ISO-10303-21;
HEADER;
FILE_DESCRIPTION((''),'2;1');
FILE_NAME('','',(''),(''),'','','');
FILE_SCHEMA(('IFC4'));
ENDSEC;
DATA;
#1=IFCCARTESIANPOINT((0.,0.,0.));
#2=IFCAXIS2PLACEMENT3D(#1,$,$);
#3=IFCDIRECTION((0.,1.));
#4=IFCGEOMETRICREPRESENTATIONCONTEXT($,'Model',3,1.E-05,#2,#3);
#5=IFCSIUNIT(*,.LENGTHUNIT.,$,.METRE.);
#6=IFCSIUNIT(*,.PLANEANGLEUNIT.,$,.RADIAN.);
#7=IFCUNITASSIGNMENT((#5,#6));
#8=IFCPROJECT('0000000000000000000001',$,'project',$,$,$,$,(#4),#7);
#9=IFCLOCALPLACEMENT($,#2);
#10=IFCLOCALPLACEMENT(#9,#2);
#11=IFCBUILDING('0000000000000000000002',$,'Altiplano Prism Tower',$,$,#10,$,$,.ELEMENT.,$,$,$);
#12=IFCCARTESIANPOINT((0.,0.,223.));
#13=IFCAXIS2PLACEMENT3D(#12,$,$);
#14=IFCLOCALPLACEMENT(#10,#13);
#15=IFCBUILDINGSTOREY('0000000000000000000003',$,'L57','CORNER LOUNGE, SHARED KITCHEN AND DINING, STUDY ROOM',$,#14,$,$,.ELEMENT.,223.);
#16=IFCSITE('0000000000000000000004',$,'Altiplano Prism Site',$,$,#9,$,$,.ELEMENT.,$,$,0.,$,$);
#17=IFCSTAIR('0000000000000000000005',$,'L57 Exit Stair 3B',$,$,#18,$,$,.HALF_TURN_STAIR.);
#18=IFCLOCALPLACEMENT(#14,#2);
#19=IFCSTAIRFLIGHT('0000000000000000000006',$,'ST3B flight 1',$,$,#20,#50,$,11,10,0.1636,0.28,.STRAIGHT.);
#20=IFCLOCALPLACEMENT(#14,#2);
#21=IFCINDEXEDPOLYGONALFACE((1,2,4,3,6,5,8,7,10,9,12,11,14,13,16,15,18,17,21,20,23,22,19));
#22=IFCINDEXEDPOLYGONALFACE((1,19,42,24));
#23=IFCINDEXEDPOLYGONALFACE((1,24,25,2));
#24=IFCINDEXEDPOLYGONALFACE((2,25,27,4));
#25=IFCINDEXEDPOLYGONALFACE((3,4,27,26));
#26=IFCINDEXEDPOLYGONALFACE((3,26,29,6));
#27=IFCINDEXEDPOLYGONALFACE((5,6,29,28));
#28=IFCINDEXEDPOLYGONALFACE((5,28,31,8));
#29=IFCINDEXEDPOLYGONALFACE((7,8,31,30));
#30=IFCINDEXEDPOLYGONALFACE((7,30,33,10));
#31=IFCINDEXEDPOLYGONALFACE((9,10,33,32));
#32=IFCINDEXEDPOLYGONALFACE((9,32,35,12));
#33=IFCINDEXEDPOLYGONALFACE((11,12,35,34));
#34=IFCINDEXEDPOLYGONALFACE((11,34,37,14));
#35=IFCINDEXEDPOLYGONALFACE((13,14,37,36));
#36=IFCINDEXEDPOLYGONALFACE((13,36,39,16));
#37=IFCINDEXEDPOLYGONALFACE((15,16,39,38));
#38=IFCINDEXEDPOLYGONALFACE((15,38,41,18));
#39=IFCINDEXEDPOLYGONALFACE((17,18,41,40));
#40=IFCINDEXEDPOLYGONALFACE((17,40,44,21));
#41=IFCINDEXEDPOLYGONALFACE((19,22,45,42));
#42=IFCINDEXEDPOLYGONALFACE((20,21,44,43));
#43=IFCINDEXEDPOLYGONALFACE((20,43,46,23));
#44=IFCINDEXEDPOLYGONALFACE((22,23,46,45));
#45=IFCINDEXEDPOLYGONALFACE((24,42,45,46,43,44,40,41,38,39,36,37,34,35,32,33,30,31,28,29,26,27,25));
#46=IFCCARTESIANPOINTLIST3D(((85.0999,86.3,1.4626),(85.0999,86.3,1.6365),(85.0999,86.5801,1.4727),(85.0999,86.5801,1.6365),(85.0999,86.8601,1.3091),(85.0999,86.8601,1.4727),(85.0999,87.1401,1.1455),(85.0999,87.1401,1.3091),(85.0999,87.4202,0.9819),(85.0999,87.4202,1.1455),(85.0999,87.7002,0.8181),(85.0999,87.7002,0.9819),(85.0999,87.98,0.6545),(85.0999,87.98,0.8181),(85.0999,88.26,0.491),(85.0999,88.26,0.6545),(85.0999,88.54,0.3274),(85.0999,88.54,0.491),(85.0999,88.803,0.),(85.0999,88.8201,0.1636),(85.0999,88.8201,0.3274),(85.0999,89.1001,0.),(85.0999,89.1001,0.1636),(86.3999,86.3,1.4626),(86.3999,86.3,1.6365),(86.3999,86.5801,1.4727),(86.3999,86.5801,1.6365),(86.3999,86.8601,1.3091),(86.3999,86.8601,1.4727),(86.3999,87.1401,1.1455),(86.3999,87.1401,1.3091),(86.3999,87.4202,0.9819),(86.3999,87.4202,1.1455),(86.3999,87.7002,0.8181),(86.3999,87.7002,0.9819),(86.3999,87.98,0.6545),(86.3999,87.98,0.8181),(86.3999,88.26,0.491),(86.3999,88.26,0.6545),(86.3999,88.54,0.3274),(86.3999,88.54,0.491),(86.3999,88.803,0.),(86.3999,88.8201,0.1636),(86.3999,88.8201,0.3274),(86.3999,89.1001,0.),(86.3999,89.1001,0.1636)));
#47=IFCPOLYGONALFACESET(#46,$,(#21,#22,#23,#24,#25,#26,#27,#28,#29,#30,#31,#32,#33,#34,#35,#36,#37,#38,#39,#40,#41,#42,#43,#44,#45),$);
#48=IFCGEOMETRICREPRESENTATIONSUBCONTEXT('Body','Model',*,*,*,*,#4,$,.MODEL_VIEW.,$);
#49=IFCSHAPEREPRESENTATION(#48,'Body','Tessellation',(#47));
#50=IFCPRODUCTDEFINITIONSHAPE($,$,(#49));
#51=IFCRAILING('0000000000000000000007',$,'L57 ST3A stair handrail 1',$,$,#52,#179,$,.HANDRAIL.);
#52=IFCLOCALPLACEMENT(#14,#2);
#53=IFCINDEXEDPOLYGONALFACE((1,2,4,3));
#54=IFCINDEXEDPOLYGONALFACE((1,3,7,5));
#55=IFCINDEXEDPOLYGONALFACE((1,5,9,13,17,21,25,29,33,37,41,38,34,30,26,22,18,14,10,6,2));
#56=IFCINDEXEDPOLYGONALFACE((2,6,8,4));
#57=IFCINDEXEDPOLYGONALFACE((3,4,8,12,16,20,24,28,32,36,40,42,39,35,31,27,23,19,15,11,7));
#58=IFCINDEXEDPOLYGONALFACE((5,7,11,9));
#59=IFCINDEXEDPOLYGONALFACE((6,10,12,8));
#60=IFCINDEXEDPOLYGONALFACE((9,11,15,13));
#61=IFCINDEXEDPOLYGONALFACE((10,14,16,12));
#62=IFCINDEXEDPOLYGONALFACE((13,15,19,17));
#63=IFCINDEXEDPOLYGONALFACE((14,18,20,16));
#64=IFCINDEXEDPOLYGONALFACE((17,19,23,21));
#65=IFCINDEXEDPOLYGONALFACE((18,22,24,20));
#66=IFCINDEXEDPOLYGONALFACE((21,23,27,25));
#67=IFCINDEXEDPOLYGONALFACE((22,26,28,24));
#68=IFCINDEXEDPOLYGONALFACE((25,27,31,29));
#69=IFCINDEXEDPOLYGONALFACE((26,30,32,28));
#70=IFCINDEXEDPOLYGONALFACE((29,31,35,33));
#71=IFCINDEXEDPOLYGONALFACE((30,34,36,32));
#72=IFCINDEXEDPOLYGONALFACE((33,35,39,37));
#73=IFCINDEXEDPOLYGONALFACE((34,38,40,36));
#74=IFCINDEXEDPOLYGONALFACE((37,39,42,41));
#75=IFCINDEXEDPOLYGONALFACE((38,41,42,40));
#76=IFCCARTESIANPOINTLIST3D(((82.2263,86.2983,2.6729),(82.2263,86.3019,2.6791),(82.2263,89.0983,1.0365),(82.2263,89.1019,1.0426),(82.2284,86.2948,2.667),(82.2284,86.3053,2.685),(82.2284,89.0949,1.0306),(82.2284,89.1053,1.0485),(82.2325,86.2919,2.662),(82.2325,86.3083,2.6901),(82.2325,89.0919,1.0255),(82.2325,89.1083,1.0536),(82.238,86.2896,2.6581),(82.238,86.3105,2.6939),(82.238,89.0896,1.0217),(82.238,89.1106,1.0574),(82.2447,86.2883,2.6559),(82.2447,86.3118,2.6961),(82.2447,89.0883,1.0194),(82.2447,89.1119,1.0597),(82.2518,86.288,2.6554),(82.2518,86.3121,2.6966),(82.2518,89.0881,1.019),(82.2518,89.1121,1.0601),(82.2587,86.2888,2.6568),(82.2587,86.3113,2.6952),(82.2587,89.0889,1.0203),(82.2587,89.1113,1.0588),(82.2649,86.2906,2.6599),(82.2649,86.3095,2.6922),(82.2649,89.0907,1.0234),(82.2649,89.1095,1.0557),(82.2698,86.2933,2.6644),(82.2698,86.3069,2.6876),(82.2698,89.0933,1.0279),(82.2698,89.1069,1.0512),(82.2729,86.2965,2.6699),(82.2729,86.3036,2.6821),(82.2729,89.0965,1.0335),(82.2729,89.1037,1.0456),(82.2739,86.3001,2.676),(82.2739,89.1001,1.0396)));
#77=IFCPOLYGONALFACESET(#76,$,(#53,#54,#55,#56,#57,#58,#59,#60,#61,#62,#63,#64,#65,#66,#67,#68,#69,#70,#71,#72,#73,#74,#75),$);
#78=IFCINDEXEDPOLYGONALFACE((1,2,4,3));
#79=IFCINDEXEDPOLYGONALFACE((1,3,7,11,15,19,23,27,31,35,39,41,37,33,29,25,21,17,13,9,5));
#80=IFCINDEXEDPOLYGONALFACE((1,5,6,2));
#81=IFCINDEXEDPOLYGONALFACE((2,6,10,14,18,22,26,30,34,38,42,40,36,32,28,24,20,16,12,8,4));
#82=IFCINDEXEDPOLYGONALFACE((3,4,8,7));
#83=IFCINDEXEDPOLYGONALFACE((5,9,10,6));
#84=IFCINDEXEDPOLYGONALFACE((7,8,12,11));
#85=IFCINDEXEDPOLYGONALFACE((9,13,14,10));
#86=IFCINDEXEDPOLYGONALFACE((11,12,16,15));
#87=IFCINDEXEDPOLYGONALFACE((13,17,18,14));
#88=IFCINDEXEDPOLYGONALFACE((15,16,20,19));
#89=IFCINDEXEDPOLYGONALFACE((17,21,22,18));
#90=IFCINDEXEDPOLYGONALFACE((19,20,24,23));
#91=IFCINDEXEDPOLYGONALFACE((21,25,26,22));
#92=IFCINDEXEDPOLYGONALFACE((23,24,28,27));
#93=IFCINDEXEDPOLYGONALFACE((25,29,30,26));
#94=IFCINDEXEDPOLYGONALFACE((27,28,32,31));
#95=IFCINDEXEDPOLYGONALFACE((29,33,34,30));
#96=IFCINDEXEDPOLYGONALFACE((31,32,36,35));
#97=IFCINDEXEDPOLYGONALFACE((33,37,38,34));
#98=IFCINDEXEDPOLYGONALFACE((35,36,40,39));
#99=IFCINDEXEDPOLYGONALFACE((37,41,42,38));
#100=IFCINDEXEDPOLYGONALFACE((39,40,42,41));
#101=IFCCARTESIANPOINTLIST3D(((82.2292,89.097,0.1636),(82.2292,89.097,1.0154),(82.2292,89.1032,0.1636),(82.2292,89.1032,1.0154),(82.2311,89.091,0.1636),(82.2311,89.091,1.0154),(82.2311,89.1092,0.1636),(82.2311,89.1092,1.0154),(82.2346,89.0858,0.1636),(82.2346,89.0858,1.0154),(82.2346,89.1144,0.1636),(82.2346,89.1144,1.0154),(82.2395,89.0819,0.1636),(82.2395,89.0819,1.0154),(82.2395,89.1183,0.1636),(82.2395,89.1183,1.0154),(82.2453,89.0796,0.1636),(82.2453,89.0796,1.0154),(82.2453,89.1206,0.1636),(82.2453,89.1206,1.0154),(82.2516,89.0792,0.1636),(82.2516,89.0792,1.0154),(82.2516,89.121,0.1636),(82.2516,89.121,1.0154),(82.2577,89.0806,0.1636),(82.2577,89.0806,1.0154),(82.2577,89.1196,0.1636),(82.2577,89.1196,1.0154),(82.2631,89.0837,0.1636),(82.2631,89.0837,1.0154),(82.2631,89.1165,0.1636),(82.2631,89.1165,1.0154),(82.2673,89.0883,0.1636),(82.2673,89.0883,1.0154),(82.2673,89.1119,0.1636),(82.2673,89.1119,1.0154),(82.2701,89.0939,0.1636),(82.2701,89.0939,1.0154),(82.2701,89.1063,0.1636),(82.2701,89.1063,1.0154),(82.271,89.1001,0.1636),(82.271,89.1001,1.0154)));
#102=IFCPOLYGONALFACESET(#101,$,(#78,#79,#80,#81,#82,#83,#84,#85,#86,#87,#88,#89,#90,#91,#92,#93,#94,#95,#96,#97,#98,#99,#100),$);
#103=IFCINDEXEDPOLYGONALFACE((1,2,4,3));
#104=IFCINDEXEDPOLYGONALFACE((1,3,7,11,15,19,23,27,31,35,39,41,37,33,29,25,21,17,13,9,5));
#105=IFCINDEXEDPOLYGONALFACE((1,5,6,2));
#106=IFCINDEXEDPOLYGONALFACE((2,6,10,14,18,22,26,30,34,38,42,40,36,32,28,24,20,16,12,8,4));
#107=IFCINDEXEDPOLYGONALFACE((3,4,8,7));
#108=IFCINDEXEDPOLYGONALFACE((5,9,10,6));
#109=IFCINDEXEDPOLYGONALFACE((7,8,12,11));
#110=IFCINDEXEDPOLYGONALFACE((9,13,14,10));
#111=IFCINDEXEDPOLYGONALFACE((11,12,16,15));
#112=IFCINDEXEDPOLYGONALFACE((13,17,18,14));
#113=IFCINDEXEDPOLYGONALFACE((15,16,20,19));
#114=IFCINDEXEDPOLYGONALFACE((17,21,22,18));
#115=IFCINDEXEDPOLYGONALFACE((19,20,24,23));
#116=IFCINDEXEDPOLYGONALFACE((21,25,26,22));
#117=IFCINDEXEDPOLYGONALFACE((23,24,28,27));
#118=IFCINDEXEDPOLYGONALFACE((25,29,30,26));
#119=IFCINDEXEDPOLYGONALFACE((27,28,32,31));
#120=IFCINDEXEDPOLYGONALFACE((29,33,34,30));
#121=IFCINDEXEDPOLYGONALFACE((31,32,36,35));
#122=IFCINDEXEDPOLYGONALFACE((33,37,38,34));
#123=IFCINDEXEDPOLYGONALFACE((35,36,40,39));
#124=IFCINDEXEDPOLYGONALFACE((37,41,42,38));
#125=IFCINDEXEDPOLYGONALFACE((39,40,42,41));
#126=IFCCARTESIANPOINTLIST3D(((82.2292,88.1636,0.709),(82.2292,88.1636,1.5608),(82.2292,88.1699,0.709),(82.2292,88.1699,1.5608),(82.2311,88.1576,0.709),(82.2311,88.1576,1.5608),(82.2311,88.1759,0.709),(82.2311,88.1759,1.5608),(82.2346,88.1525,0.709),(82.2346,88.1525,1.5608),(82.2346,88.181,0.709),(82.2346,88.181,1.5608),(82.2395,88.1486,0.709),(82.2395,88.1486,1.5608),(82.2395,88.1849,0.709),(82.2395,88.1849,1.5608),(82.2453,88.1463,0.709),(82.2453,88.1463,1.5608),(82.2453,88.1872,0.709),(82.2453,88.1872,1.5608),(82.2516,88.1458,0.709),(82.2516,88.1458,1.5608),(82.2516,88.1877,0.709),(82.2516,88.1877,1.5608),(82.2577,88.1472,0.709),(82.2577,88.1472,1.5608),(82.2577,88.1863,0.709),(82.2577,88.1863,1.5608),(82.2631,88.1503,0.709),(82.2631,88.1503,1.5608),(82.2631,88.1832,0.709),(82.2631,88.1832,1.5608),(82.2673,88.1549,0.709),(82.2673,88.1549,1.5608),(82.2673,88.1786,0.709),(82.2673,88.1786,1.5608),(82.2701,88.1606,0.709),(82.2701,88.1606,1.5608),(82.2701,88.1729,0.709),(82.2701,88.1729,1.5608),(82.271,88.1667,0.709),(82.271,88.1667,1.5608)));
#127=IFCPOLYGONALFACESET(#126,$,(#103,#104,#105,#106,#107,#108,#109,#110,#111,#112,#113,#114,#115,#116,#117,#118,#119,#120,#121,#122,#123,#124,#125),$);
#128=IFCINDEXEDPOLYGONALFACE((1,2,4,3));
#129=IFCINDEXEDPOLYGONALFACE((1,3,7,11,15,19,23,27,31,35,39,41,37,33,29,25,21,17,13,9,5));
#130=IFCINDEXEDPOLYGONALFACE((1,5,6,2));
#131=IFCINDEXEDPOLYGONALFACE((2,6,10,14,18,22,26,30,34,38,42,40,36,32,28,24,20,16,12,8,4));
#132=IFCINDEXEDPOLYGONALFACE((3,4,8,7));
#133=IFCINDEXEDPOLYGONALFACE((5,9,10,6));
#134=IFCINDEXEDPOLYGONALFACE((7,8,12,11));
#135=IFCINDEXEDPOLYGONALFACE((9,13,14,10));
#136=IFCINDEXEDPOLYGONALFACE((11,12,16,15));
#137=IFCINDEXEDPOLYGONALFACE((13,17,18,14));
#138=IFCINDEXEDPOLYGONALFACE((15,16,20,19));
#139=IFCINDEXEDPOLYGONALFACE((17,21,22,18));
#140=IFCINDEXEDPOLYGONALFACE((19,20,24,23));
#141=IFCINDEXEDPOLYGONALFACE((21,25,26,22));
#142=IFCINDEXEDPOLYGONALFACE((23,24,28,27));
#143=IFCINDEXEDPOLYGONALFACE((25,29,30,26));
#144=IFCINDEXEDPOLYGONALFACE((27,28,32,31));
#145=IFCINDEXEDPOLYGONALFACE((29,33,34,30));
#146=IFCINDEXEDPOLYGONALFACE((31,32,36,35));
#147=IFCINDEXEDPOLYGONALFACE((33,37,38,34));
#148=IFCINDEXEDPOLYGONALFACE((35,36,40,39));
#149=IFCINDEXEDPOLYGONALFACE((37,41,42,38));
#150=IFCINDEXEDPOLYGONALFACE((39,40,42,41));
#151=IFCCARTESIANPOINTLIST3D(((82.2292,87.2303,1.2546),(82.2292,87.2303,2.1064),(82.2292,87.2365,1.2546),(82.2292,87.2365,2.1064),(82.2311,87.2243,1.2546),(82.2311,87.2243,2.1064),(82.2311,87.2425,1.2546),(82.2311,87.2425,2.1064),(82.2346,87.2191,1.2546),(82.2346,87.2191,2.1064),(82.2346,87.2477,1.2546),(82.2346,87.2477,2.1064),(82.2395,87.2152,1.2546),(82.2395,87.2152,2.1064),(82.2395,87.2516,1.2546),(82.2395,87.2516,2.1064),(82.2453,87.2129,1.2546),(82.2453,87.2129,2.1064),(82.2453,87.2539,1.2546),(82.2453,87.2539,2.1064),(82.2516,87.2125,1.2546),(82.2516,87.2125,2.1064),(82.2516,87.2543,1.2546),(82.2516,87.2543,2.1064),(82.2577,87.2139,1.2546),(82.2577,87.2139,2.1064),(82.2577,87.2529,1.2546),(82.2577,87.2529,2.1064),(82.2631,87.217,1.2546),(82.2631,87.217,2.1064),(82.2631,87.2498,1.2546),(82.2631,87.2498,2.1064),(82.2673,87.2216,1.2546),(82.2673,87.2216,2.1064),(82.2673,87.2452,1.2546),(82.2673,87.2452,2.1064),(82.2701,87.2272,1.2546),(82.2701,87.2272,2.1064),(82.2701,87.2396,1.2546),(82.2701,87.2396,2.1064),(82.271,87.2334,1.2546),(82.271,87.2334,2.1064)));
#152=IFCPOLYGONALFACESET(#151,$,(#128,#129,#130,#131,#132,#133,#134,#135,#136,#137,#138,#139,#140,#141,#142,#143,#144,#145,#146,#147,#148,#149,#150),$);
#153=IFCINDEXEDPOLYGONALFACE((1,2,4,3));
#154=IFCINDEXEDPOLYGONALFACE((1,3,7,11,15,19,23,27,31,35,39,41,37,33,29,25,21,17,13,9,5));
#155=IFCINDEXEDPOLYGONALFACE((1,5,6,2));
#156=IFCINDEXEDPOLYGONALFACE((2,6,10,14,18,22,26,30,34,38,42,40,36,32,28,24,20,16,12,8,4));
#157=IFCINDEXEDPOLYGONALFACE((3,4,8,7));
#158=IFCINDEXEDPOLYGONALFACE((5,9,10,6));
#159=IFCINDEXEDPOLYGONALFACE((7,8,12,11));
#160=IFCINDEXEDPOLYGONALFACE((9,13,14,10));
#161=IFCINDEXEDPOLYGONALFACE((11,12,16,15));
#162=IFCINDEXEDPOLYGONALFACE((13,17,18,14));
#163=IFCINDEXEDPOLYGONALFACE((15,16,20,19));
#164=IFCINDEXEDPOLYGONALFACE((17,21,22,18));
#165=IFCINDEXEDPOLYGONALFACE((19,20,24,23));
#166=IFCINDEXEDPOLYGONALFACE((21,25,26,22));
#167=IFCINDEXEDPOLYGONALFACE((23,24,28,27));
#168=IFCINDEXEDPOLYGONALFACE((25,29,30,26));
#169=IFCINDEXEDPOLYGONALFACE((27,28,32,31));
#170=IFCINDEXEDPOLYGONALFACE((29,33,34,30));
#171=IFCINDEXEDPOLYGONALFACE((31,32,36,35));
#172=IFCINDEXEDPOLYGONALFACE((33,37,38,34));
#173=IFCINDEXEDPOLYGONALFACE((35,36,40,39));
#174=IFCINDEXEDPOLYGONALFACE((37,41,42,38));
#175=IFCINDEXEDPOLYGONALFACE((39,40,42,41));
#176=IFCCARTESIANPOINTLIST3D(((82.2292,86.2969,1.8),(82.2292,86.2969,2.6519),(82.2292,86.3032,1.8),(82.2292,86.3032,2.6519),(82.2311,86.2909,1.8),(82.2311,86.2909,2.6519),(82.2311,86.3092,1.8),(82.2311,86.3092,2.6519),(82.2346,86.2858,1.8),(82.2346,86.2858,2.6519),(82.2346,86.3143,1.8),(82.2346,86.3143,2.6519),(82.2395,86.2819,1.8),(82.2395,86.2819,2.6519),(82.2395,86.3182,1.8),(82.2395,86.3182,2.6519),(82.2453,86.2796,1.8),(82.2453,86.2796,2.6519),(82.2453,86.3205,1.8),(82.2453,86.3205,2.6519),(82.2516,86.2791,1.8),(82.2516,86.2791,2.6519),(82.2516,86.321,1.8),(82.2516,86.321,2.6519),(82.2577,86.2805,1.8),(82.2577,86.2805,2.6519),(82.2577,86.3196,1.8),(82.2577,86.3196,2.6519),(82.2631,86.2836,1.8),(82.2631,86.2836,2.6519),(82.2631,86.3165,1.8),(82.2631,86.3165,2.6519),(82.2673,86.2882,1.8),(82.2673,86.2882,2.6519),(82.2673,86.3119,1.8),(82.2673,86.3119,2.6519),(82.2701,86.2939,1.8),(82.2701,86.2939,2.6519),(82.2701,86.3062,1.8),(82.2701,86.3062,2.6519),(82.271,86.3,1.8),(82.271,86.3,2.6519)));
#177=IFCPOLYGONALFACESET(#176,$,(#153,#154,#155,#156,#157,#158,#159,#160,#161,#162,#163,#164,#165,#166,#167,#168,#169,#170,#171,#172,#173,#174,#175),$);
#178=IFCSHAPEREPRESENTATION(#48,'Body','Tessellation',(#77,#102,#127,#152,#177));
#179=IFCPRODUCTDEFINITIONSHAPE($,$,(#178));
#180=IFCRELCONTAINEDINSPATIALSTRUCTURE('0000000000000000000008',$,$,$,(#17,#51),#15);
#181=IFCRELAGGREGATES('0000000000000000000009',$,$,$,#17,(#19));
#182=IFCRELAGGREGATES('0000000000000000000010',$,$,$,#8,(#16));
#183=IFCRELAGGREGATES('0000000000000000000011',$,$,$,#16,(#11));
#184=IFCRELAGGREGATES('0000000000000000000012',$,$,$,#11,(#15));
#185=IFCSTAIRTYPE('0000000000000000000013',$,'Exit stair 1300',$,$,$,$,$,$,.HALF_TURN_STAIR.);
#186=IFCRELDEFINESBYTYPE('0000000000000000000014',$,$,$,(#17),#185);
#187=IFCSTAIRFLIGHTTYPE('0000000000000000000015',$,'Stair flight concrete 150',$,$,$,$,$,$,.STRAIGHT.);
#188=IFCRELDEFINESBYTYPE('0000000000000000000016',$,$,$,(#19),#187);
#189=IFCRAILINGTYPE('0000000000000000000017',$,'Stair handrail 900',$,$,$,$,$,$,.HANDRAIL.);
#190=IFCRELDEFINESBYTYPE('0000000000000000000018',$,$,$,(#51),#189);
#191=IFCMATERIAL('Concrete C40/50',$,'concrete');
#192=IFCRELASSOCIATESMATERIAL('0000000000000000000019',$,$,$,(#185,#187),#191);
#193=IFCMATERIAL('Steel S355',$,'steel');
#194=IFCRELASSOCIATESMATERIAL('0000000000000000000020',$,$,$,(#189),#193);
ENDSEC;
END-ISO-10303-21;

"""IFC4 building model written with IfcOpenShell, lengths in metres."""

from ifc_helpers import new_model, si_unit, direction, frame, origin, origin_2d, place, context, subcontext, project, spatial, polyline, circle, outline, extrude, material, type_object, element, aggregate, save


model = new_model("IFC4")

# Units and contexts
model_context = context("Model", 3, precision=1e-05, world=origin(), true_north=direction((0.0, 1.0)))
body_context = subcontext(model_context, "Body", "Model", "MODEL_VIEW")
ifc_project = project(units=[si_unit("LENGTHUNIT", "METRE"), si_unit("PLANEANGLEUNIT", "RADIAN")], contexts=[model_context])

# Site, building, storey
site_placement = place(None, origin())
site = spatial("IfcSite", under=ifc_project, at=site_placement, Name="Altiplano Prism Site", CompositionType="ELEMENT", RefElevation=0.0)
building_placement = place(site_placement, origin())
building = spatial("IfcBuilding", under=site, at=building_placement, Name="Altiplano Prism Tower", CompositionType="ELEMENT")
storey_placement = place(building_placement, frame((0.0, 0.0, 223.0)))
storey = spatial("IfcBuildingStorey", under=building, at=storey_placement, Name="L57", Description="CORNER LOUNGE, SHARED KITCHEN AND DINING, STUDY ROOM", CompositionType="ELEMENT", Elevation=223.0)

# Stair, stair flight
ifc_material_1 = material(Name="Concrete C40/50", Category="concrete")
stair_type = type_object("IfcStairType", Name="Exit stair 1300", PredefinedType="HALF_TURN_STAIR", material=ifc_material_1)
stair_flight_type = type_object("IfcStairFlightType", Name="Stair flight concrete 150", PredefinedType="STRAIGHT", material=ifc_material_1)
stair_1_placement = place(storey_placement, origin())
stair_1 = element("IfcStair", 1, at=stair_1_placement, inside=storey, type_object=stair_type, Name="L57 Exit Stair 3B", PredefinedType="HALF_TURN_STAIR")
stair_flight_1_placement = place(storey_placement, frame((85.75, 89.1001, 0.0), z_axis=(0.0, 0.0, 1.0), x_axis=(0.0, -1.0, 0.0)))
stair_flight_1 = element("IfcStairFlight", 2, at=stair_flight_1_placement, type_object=stair_flight_type, Name="ST3B flight 1", NumberOfRisers=11, NumberOfTreads=10, PredefinedType="STRAIGHT", RiserHeight=0.1636, TreadLength=0.28, context=body_context, shape_type="SweptSolid", body=[
    extrude(outline(polyline([(0.0, 0.0), (0.0, 0.1636), (0.28, 0.1636), (0.28, 0.3274), (0.5601, 0.3274), (0.5601, 0.491), (0.8401, 0.491), (0.8401, 0.6545), (1.1201, 0.6545), (1.1201, 0.8181), (1.3999, 0.8181), (1.3999, 0.9819), (1.6799, 0.9819), (1.6799, 1.1455), (1.96, 1.1455), (1.96, 1.3091), (2.24, 1.3091), (2.24, 1.4727), (2.52, 1.4727), (2.52, 1.6365), (2.8, 1.6365), (2.8, 1.8), (2.8, 1.4626), (0.2971, 0.0), (0.0, 0.0)])), frame((0.0, 0.6499, 0.0), z_axis=(0.0, -1.0, 0.0), x_axis=(1.0, 0.0, 0.0)), (0.0, 0.0, 1.0), 1.3),
])
aggregate(stair_1, [stair_flight_1])

# Railing
ifc_material_2 = material(Name="Steel S355", Category="steel")
railing_type_1 = type_object("IfcRailingType", Name="Stair handrail 900", PredefinedType="HANDRAIL", material=ifc_material_2)
for number, where, name in (
    (3, (82.25, 89.1001, 0.1636), "L57 ST3A stair handrail 1"),
):
    element("IfcRailing", number, at=place(storey_placement, frame(where)), inside=storey, type_object=railing_type_1, Name=name, PredefinedType="HANDRAIL", context=body_context, shape_type="SweptSolid", body=[
        extrude(circle(Radius=0.0239, at=origin_2d()), frame((0.0, 0.0, 0.876), z_axis=(0.0, -0.863361, 0.504587), x_axis=(1.0, 0.0, 0.0)), (0.0, 0.0, 1.0), 3.2432),
        extrude(circle(Radius=0.021, at=origin_2d()), origin(), (0.0, 0.0, 1.0), 0.8518),
        extrude(circle(Radius=0.021, at=origin_2d()), frame((0.0, -0.9333, 0.5454)), (0.0, 0.0, 1.0), 0.8518),
        extrude(circle(Radius=0.021, at=origin_2d()), frame((0.0, -1.8667, 1.0911)), (0.0, 0.0, 1.0), 0.8518),
        extrude(circle(Radius=0.021, at=origin_2d()), frame((0.0, -2.8, 1.6365)), (0.0, 0.0, 1.0), 0.8518),
    ])

save(model, "model.ifc")
